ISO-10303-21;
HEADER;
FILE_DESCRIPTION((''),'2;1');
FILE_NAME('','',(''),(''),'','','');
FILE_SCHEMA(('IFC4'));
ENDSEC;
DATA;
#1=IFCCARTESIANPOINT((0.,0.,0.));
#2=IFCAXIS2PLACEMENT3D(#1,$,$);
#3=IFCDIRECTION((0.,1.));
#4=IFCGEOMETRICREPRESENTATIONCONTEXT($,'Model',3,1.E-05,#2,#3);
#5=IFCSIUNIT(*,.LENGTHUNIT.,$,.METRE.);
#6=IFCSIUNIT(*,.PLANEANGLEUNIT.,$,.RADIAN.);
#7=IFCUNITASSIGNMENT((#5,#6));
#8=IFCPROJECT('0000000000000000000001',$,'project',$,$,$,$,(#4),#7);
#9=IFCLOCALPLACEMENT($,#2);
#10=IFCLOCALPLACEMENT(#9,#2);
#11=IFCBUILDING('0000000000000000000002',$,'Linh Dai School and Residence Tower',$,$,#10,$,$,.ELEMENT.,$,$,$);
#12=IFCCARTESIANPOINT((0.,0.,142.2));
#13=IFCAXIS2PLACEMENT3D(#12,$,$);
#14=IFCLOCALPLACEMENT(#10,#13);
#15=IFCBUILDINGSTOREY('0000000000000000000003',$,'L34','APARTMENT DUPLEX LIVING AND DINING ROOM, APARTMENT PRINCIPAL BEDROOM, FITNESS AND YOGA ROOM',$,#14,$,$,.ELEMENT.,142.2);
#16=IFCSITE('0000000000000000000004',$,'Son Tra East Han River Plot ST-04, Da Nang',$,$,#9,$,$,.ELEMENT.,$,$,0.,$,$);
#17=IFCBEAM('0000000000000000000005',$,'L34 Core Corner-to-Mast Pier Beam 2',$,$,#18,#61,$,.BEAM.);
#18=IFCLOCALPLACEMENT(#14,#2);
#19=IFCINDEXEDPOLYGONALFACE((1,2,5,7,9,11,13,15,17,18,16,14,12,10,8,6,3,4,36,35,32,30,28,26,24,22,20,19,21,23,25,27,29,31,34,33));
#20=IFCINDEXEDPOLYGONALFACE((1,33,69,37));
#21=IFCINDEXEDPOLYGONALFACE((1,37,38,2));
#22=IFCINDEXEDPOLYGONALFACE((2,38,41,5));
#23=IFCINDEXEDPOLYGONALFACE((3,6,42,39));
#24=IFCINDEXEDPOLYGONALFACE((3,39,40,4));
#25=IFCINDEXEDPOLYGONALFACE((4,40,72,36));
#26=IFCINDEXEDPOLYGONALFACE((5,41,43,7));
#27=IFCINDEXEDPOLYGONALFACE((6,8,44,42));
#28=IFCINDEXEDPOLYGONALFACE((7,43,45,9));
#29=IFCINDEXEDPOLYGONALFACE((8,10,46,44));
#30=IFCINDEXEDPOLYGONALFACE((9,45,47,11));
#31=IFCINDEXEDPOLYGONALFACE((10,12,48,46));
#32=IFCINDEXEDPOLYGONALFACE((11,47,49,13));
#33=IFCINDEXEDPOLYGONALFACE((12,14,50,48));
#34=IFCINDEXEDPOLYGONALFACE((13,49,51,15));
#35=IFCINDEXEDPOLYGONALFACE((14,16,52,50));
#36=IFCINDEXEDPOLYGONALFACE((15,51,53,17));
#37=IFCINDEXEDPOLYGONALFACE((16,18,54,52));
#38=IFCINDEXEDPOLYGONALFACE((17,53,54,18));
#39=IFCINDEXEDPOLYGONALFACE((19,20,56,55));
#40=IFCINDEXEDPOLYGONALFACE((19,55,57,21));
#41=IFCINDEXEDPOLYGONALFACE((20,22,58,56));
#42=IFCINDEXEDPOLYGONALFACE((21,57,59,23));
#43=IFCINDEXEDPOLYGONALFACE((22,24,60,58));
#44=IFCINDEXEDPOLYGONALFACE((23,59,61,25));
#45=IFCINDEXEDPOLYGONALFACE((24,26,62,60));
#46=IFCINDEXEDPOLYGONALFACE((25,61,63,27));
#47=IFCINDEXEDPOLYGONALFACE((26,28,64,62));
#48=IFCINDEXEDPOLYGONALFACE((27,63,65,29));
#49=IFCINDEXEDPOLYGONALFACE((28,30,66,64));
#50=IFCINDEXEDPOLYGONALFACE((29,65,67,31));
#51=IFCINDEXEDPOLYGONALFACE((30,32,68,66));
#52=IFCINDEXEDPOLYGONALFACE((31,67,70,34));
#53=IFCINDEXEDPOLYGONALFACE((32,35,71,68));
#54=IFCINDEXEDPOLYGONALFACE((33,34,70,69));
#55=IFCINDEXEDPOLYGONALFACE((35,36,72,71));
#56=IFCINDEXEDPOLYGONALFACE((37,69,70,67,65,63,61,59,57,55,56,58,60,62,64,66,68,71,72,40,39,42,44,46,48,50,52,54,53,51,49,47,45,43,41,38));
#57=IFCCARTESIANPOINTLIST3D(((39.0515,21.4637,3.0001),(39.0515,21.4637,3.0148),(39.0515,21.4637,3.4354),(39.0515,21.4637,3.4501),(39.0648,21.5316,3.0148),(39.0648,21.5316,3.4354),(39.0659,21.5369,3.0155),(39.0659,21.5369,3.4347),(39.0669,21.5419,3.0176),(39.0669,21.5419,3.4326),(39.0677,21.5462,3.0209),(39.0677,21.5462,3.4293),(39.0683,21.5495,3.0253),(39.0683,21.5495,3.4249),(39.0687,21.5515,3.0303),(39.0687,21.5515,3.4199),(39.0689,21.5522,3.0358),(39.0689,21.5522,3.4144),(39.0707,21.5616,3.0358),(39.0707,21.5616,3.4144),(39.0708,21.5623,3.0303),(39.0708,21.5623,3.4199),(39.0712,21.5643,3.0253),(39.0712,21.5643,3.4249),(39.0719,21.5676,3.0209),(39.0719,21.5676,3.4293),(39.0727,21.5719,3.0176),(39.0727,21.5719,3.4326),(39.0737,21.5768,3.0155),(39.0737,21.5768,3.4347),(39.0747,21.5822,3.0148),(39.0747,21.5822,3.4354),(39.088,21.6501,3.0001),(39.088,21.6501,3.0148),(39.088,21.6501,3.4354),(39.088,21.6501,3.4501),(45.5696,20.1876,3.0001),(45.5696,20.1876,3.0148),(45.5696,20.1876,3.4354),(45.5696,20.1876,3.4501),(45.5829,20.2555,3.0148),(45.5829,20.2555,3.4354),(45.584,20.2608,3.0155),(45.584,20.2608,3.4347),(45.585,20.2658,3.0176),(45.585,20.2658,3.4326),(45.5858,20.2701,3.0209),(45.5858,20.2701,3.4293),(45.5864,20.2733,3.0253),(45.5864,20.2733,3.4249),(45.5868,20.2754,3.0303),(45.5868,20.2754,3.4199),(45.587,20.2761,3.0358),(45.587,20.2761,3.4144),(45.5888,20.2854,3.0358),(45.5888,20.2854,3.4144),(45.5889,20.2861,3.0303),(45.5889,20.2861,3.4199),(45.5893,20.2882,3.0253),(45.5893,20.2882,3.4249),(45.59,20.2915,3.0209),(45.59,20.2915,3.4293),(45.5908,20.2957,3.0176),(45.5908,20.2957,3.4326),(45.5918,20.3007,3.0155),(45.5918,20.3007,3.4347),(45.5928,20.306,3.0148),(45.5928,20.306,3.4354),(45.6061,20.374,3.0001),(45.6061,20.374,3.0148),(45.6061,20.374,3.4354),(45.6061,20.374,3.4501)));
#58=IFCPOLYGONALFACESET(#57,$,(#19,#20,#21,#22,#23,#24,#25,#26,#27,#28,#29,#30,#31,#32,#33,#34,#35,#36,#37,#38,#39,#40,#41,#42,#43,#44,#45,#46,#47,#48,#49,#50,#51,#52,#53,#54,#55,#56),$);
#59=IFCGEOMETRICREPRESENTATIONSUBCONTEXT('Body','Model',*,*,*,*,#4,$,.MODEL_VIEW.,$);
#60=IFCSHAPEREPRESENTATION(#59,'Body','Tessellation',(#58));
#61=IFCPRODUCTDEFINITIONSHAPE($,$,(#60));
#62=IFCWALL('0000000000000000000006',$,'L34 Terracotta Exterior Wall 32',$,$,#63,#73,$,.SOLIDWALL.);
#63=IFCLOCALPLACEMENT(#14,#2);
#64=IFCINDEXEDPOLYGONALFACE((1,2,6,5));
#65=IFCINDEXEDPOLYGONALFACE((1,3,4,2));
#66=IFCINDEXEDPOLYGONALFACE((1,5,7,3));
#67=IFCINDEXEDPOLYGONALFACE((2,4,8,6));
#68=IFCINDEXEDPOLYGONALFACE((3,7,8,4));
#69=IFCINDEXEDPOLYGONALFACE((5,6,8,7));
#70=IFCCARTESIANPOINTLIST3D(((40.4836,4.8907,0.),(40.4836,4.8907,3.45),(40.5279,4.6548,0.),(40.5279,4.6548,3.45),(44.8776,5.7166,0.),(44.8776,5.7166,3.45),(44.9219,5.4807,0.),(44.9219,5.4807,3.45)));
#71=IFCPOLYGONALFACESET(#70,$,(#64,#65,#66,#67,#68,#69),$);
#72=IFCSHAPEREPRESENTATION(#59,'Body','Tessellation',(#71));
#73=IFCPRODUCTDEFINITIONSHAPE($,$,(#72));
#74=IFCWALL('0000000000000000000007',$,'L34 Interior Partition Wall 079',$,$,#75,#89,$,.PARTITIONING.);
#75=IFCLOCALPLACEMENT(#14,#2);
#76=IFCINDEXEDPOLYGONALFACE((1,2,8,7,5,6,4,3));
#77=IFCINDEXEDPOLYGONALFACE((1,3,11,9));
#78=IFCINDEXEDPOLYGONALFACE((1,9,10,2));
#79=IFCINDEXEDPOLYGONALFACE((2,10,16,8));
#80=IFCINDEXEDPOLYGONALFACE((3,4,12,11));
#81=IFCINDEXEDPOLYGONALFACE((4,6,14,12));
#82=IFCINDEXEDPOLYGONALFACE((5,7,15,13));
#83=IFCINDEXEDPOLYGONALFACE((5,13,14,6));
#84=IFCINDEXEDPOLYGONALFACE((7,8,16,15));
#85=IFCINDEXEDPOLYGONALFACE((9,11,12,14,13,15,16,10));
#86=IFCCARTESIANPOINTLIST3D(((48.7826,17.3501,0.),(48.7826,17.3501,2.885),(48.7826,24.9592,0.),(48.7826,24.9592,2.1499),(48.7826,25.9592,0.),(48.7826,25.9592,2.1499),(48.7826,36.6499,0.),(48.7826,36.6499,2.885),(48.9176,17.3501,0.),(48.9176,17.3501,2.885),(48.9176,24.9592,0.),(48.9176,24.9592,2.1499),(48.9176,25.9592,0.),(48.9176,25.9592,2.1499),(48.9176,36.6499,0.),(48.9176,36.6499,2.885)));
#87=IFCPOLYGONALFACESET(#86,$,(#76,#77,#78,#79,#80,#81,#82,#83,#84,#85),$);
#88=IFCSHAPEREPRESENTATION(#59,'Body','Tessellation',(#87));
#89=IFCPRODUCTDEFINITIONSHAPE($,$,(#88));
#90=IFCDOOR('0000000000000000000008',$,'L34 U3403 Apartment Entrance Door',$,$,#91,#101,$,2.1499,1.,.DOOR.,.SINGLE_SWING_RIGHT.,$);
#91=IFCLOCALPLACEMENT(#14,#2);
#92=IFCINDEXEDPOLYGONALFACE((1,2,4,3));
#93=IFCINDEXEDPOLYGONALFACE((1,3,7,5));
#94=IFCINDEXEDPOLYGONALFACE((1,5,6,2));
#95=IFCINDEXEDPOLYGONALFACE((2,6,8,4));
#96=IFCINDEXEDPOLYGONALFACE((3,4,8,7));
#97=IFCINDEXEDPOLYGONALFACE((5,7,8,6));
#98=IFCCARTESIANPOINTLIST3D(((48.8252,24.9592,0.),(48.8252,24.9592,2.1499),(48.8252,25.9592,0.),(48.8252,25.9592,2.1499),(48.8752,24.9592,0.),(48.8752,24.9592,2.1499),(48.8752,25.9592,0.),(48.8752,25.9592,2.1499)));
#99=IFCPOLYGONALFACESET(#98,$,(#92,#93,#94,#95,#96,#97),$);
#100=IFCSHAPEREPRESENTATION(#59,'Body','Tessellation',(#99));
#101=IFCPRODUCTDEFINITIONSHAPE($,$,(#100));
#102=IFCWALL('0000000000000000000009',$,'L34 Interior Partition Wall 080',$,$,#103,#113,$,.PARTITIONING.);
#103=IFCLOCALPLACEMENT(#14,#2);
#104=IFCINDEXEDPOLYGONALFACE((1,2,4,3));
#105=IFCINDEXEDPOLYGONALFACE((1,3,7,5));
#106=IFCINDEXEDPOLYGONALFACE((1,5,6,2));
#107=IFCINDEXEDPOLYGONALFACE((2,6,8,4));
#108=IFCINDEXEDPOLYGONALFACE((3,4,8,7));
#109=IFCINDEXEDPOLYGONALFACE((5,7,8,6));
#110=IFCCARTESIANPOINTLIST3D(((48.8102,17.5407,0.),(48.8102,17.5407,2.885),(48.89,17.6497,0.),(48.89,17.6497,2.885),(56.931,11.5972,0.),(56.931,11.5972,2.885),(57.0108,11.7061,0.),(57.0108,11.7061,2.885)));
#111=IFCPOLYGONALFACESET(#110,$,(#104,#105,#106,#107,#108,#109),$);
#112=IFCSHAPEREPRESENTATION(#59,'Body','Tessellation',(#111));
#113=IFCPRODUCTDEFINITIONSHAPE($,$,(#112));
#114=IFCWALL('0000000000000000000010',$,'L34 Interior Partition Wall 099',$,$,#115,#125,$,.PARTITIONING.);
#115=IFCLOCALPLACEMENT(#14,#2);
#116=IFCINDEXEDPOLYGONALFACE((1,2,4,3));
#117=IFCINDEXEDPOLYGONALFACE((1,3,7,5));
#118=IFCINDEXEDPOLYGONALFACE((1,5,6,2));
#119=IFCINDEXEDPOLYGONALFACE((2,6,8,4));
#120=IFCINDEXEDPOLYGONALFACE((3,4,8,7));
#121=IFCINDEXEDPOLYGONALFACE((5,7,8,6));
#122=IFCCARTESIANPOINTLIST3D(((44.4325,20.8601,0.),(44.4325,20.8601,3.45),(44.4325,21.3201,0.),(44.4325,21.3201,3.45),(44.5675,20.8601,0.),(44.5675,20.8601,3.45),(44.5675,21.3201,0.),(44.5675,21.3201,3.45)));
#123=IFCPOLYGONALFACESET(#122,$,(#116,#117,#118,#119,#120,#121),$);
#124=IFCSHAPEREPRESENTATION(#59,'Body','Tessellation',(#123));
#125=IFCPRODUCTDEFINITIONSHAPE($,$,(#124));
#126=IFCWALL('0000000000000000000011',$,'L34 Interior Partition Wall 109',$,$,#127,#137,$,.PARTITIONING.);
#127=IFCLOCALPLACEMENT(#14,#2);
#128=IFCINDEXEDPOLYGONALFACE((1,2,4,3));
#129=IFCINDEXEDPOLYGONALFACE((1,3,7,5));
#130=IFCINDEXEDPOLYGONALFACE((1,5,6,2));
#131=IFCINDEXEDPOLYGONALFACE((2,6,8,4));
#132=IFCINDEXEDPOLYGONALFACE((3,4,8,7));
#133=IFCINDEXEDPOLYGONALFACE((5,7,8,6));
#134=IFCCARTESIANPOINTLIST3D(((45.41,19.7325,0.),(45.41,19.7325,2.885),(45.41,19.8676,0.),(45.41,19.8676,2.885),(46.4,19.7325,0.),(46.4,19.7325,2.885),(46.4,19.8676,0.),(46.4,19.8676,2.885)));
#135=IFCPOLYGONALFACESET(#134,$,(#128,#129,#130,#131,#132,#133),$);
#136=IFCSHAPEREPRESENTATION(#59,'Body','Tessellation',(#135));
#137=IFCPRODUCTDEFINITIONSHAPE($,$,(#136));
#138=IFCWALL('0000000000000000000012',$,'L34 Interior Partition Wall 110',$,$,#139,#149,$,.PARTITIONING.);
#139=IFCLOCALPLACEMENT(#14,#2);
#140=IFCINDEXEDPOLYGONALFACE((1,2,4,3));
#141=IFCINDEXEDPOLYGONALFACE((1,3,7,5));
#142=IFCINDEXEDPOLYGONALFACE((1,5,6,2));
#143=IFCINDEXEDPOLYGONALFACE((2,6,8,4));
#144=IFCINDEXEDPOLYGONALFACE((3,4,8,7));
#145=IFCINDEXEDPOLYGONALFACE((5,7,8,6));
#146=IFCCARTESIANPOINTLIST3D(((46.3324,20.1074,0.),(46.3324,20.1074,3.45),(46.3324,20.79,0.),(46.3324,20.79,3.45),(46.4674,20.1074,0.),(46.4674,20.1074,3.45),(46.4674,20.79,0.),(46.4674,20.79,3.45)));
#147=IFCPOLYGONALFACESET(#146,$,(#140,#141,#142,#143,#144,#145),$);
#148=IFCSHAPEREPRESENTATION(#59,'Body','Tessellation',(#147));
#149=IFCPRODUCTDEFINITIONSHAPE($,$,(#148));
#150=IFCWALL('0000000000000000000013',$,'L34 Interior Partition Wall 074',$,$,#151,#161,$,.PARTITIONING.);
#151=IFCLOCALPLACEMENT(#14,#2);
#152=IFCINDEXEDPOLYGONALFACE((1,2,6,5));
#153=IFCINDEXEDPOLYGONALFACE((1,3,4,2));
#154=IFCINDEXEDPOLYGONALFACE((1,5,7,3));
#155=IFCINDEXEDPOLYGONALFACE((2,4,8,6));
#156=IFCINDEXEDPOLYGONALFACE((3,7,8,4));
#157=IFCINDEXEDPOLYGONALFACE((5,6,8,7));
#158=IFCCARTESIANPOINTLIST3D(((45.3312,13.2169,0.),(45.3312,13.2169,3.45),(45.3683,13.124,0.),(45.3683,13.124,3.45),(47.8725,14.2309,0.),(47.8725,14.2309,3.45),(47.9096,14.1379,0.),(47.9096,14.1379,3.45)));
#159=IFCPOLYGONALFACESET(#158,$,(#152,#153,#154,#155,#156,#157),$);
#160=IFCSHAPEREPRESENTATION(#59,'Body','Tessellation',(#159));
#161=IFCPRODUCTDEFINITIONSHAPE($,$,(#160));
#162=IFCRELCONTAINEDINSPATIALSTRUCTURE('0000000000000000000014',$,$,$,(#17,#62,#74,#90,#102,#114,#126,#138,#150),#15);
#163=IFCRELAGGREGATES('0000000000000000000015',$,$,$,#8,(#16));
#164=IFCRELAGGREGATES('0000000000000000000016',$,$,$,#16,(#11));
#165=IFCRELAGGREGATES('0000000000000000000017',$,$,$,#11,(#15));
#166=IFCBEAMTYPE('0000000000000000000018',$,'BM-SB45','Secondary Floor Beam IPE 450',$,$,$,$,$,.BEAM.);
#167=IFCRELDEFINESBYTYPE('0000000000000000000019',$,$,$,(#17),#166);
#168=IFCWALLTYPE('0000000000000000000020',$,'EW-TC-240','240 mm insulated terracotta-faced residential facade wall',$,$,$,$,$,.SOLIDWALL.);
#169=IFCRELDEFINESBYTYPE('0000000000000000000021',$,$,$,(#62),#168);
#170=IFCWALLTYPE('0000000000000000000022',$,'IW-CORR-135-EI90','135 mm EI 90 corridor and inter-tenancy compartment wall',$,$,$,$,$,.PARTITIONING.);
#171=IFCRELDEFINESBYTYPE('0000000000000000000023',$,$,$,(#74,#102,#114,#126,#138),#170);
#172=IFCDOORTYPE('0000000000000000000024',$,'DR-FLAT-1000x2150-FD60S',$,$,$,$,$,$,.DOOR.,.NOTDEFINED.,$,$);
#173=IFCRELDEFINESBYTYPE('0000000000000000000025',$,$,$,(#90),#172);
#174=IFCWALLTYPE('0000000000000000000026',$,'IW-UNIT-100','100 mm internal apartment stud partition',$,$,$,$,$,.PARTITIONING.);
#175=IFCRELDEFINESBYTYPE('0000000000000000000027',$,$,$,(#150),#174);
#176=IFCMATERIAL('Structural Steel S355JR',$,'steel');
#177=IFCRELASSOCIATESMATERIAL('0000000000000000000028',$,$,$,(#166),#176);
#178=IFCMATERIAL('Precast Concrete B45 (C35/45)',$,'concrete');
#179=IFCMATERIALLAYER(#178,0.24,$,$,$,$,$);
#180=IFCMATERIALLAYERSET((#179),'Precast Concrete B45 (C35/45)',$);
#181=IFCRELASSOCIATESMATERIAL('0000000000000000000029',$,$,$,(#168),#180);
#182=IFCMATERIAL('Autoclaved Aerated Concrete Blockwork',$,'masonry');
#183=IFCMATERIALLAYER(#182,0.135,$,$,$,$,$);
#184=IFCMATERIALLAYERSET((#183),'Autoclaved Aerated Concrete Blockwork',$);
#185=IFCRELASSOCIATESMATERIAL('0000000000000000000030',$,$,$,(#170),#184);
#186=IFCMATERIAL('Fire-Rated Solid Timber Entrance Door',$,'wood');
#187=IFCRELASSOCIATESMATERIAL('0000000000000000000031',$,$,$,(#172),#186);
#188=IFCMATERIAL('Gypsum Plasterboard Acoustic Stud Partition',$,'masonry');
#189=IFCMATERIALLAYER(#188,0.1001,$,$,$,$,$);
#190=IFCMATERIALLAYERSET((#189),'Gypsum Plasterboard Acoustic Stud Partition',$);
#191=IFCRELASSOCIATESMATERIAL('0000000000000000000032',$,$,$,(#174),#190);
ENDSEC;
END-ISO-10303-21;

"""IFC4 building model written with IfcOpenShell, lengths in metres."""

from ifc_helpers import new_model, si_unit, direction, frame, frame_2d, origin, origin_2d, place, context, subcontext, project, spatial, rectangle, i_section, extrude, source, transform, mapped, material, layer, layer_set, material_profile, profile_set, type_object, element, fill, save


model = new_model("IFC4")

# Units and contexts
model_context = context("Model", 3, precision=1e-05, world=origin(), true_north=direction((0.0, 1.0)))
body_context = subcontext(model_context, "Body", "Model", "MODEL_VIEW")
ifc_project = project(units=[si_unit("LENGTHUNIT", "METRE"), si_unit("PLANEANGLEUNIT", "RADIAN")], contexts=[model_context])

# Site, building, storey
site_placement = place(None, origin())
site = spatial("IfcSite", under=ifc_project, at=site_placement, Name="Son Tra East Han River Plot ST-04, Da Nang", CompositionType="ELEMENT", RefElevation=0.0)
building_placement = place(site_placement, origin())
building = spatial("IfcBuilding", under=site, at=building_placement, Name="Linh Dai School and Residence Tower", CompositionType="ELEMENT")
storey_placement = place(building_placement, frame((0.0, 0.0, 142.2)))
storey = spatial("IfcBuildingStorey", under=building, at=storey_placement, Name="L34", Description="APARTMENT DUPLEX LIVING AND DINING ROOM, APARTMENT PRINCIPAL BEDROOM, FITNESS AND YOGA ROOM", CompositionType="ELEMENT", Elevation=142.2)

# Shared definitions
ifc_material_1 = material(Name="Structural Steel S355JR", Category="steel")

# Beam
ifc_material_profile_1 = material_profile(ifc_material_1, i_section(OverallWidth=0.1899, OverallDepth=0.45, WebThickness=0.0095, FlangeThickness=0.0146, FilletRadius=0.021, at=origin_2d()), Name="IPE 450")
ifc_profile_set_1 = profile_set([ifc_material_profile_1], Name="Structural Steel S355JR")
beam_type_1 = type_object("IfcBeamType", Name="BM-SB45", Description="Secondary Floor Beam IPE 450", PredefinedType="BEAM", material=ifc_profile_set_1)
beam_1_placement = place(storey_placement, frame((45.5879, 20.2808, 3.2251), z_axis=(-0.981369, 0.192135, 0.0), x_axis=(-0.192135, -0.981369, 0.0)))
element("IfcBeam", 1, at=beam_1_placement, inside=storey, type_object=beam_type_1, Name="L34 Core Corner-to-Mast Pier Beam 2", PredefinedType="BEAM", context=body_context, shape_type="SweptSolid", body=[
    extrude(i_section(OverallWidth=0.1899, OverallDepth=0.45, WebThickness=0.0095, FlangeThickness=0.0146, FilletRadius=0.021, at=origin_2d()), origin(), (0.0, 0.0, 1.0), 6.6418),
])

# Wall
ifc_material_2 = material(Name="Precast Concrete B45 (C35/45)", Category="concrete")
ifc_layer_1 = layer(ifc_material_2, 0.24)
ifc_layer_set_1 = layer_set([ifc_layer_1], Name="Precast Concrete B45 (C35/45)")
wall_type_1 = type_object("IfcWallType", Name="EW-TC-240", Description="240 mm insulated terracotta-faced residential facade wall", PredefinedType="SOLIDWALL", material=ifc_layer_set_1)
wall_1_placement = place(storey_placement, frame((44.8997, 5.5986, 0.0), z_axis=(0.0, 0.0, 1.0), x_axis=(-0.982789, -0.18473, 0.0)))
element("IfcWall", 2, at=wall_1_placement, inside=storey, type_object=wall_type_1, Name="L34 Terracotta Exterior Wall 32", PredefinedType="SOLIDWALL", context=body_context, shape_type="SweptSolid", body=[
    extrude(rectangle(XDim=4.4709, YDim=0.24, at=frame_2d((2.2354, 0.0))), origin(), (0.0, 0.0, 1.0), 3.45),
])

# Wall, opening, door
ifc_material_3 = material(Name="Autoclaved Aerated Concrete Blockwork", Category="masonry")
ifc_layer_2 = layer(ifc_material_3, 0.135)
ifc_layer_set_2 = layer_set([ifc_layer_2], Name="Autoclaved Aerated Concrete Blockwork")
wall_type_2 = type_object("IfcWallType", Name="IW-CORR-135-EI90", Description="135 mm EI 90 corridor and inter-tenancy compartment wall", PredefinedType="PARTITIONING", material=ifc_layer_set_2)
wall_2_placement = place(storey_placement, frame((48.8501, 17.3501, 0.0), z_axis=(0.0, 0.0, 1.0), x_axis=(0.0, 1.0, 0.0)))
wall_2 = element("IfcWall", 3, at=wall_2_placement, inside=storey, type_object=wall_type_2, Name="L34 Interior Partition Wall 079", PredefinedType="PARTITIONING", context=body_context, shape_type="SweptSolid", body=[
    extrude(rectangle(XDim=19.2998, YDim=0.135, at=frame_2d((9.6499, 0.0))), origin(), (0.0, 0.0, 1.0), 2.885),
])
opening_1_placement = place(wall_2_placement, frame((7.6091, 0.0, 0.0)))
opening_1 = element("IfcOpeningElement", 4, at=opening_1_placement, cuts=wall_2, PredefinedType="OPENING", context=body_context, shape_type="SweptSolid", body=[
    extrude(rectangle(XDim=1.0, YDim=2.1499, at=origin_2d()), frame((0.5, 0.0776, 1.075), z_axis=(0.0, -1.0, 0.0), x_axis=(1.0, 0.0, 0.0)), (0.0, 0.0, 1.0), 0.155),
])
ifc_material_4 = material(Name="Fire-Rated Solid Timber Entrance Door", Category="wood")
door_type_1 = type_object("IfcDoorType", Name="DR-FLAT-1000x2150-FD60S", OperationType="NOTDEFINED", PredefinedType="DOOR", material=ifc_material_4)
shared_shape_1 = source(origin(), body_context, "Body", "SweptSolid", [
    extrude(rectangle(XDim=1.0, YDim=2.1499, at=origin_2d()), frame((0.5, 0.0249, 1.075), z_axis=(0.0, -1.0, 0.0), x_axis=(1.0, 0.0, 0.0)), (0.0, 0.0, 1.0), 0.05),
])
door_1_placement = place(opening_1_placement, origin())
door_1 = element("IfcDoor", 5, at=door_1_placement, inside=storey, type_object=door_type_1, Name="L34 U3403 Apartment Entrance Door", OperationType="SINGLE_SWING_RIGHT", OverallHeight=2.1499, OverallWidth=1.0, PredefinedType="DOOR", context=body_context, shape_type="MappedRepresentation", body=[
    mapped(shared_shape_1, transform((0.0, 0.0, 0.0), x_axis=(1.0, 0.0, 0.0), y_axis=(0.0, 1.0, 0.0), z_axis=(0.0, 0.0, 1.0), scale=1.0)),
])
fill(opening_1, door_1)

# Walls
wall_3_placement = place(storey_placement, frame((48.8501, 17.5952, 0.0), z_axis=(0.0, 0.0, 1.0), x_axis=(0.806958, -0.590608, 0.0)))
element("IfcWall", 6, at=wall_3_placement, inside=storey, type_object=wall_type_2, Name="L34 Interior Partition Wall 080", PredefinedType="PARTITIONING", context=body_context, shape_type="SweptSolid", body=[
    extrude(rectangle(XDim=10.0635, YDim=0.135, at=frame_2d((5.0317, 0.0))), origin(), (0.0, 0.0, 1.0), 2.885),
])
wall_4_placement = place(storey_placement, frame((44.5, 20.8601, 0.0), z_axis=(0.0, 0.0, 1.0), x_axis=(0.0, 1.0, 0.0)))
element("IfcWall", 7, at=wall_4_placement, inside=storey, type_object=wall_type_2, Name="L34 Interior Partition Wall 099", PredefinedType="PARTITIONING", context=body_context, shape_type="SweptSolid", body=[
    extrude(rectangle(XDim=0.46, YDim=0.135, at=frame_2d((0.23, 0.0))), origin(), (0.0, 0.0, 1.0), 3.45),
])
wall_5_placement = place(storey_placement, frame((45.4099, 19.8, 0.0), z_axis=(0.0, 0.0, 1.0), x_axis=(1.0, 0.0, 0.0)))
element("IfcWall", 8, at=wall_5_placement, inside=storey, type_object=wall_type_2, Name="L34 Interior Partition Wall 109", PredefinedType="PARTITIONING", context=body_context, shape_type="SweptSolid", body=[
    extrude(rectangle(XDim=0.99, YDim=0.135, at=frame_2d((0.4951, 0.0))), origin(), (0.0, 0.0, 1.0), 2.885),
])
wall_6_placement = place(storey_placement, frame((46.3999, 20.1074, 0.0), z_axis=(0.0, 0.0, 1.0), x_axis=(0.0, 1.0, 0.0)))
element("IfcWall", 9, at=wall_6_placement, inside=storey, type_object=wall_type_2, Name="L34 Interior Partition Wall 110", PredefinedType="PARTITIONING", context=body_context, shape_type="SweptSolid", body=[
    extrude(rectangle(XDim=0.6826, YDim=0.135, at=frame_2d((0.3413, 0.0))), origin(), (0.0, 0.0, 1.0), 3.45),
])
ifc_material_5 = material(Name="Gypsum Plasterboard Acoustic Stud Partition", Category="masonry")
ifc_layer_3 = layer(ifc_material_5, 0.1001)
ifc_layer_set_3 = layer_set([ifc_layer_3], Name="Gypsum Plasterboard Acoustic Stud Partition")
wall_type_3 = type_object("IfcWallType", Name="IW-UNIT-100", Description="100 mm internal apartment stud partition", PredefinedType="PARTITIONING", material=ifc_layer_set_3)
wall_7_placement = place(storey_placement, frame((45.3496, 13.1704, 0.0), z_axis=(0.0, 0.0, 1.0), x_axis=(0.928802, 0.370575, 0.0)))
element("IfcWall", 10, at=wall_7_placement, inside=storey, type_object=wall_type_3, Name="L34 Interior Partition Wall 074", PredefinedType="PARTITIONING", context=body_context, shape_type="SweptSolid", body=[
    extrude(rectangle(XDim=2.7361, YDim=0.1001, at=frame_2d((1.3682, 0.0))), origin(), (0.0, 0.0, 1.0), 3.45),
])

save(model, "model.ifc")
